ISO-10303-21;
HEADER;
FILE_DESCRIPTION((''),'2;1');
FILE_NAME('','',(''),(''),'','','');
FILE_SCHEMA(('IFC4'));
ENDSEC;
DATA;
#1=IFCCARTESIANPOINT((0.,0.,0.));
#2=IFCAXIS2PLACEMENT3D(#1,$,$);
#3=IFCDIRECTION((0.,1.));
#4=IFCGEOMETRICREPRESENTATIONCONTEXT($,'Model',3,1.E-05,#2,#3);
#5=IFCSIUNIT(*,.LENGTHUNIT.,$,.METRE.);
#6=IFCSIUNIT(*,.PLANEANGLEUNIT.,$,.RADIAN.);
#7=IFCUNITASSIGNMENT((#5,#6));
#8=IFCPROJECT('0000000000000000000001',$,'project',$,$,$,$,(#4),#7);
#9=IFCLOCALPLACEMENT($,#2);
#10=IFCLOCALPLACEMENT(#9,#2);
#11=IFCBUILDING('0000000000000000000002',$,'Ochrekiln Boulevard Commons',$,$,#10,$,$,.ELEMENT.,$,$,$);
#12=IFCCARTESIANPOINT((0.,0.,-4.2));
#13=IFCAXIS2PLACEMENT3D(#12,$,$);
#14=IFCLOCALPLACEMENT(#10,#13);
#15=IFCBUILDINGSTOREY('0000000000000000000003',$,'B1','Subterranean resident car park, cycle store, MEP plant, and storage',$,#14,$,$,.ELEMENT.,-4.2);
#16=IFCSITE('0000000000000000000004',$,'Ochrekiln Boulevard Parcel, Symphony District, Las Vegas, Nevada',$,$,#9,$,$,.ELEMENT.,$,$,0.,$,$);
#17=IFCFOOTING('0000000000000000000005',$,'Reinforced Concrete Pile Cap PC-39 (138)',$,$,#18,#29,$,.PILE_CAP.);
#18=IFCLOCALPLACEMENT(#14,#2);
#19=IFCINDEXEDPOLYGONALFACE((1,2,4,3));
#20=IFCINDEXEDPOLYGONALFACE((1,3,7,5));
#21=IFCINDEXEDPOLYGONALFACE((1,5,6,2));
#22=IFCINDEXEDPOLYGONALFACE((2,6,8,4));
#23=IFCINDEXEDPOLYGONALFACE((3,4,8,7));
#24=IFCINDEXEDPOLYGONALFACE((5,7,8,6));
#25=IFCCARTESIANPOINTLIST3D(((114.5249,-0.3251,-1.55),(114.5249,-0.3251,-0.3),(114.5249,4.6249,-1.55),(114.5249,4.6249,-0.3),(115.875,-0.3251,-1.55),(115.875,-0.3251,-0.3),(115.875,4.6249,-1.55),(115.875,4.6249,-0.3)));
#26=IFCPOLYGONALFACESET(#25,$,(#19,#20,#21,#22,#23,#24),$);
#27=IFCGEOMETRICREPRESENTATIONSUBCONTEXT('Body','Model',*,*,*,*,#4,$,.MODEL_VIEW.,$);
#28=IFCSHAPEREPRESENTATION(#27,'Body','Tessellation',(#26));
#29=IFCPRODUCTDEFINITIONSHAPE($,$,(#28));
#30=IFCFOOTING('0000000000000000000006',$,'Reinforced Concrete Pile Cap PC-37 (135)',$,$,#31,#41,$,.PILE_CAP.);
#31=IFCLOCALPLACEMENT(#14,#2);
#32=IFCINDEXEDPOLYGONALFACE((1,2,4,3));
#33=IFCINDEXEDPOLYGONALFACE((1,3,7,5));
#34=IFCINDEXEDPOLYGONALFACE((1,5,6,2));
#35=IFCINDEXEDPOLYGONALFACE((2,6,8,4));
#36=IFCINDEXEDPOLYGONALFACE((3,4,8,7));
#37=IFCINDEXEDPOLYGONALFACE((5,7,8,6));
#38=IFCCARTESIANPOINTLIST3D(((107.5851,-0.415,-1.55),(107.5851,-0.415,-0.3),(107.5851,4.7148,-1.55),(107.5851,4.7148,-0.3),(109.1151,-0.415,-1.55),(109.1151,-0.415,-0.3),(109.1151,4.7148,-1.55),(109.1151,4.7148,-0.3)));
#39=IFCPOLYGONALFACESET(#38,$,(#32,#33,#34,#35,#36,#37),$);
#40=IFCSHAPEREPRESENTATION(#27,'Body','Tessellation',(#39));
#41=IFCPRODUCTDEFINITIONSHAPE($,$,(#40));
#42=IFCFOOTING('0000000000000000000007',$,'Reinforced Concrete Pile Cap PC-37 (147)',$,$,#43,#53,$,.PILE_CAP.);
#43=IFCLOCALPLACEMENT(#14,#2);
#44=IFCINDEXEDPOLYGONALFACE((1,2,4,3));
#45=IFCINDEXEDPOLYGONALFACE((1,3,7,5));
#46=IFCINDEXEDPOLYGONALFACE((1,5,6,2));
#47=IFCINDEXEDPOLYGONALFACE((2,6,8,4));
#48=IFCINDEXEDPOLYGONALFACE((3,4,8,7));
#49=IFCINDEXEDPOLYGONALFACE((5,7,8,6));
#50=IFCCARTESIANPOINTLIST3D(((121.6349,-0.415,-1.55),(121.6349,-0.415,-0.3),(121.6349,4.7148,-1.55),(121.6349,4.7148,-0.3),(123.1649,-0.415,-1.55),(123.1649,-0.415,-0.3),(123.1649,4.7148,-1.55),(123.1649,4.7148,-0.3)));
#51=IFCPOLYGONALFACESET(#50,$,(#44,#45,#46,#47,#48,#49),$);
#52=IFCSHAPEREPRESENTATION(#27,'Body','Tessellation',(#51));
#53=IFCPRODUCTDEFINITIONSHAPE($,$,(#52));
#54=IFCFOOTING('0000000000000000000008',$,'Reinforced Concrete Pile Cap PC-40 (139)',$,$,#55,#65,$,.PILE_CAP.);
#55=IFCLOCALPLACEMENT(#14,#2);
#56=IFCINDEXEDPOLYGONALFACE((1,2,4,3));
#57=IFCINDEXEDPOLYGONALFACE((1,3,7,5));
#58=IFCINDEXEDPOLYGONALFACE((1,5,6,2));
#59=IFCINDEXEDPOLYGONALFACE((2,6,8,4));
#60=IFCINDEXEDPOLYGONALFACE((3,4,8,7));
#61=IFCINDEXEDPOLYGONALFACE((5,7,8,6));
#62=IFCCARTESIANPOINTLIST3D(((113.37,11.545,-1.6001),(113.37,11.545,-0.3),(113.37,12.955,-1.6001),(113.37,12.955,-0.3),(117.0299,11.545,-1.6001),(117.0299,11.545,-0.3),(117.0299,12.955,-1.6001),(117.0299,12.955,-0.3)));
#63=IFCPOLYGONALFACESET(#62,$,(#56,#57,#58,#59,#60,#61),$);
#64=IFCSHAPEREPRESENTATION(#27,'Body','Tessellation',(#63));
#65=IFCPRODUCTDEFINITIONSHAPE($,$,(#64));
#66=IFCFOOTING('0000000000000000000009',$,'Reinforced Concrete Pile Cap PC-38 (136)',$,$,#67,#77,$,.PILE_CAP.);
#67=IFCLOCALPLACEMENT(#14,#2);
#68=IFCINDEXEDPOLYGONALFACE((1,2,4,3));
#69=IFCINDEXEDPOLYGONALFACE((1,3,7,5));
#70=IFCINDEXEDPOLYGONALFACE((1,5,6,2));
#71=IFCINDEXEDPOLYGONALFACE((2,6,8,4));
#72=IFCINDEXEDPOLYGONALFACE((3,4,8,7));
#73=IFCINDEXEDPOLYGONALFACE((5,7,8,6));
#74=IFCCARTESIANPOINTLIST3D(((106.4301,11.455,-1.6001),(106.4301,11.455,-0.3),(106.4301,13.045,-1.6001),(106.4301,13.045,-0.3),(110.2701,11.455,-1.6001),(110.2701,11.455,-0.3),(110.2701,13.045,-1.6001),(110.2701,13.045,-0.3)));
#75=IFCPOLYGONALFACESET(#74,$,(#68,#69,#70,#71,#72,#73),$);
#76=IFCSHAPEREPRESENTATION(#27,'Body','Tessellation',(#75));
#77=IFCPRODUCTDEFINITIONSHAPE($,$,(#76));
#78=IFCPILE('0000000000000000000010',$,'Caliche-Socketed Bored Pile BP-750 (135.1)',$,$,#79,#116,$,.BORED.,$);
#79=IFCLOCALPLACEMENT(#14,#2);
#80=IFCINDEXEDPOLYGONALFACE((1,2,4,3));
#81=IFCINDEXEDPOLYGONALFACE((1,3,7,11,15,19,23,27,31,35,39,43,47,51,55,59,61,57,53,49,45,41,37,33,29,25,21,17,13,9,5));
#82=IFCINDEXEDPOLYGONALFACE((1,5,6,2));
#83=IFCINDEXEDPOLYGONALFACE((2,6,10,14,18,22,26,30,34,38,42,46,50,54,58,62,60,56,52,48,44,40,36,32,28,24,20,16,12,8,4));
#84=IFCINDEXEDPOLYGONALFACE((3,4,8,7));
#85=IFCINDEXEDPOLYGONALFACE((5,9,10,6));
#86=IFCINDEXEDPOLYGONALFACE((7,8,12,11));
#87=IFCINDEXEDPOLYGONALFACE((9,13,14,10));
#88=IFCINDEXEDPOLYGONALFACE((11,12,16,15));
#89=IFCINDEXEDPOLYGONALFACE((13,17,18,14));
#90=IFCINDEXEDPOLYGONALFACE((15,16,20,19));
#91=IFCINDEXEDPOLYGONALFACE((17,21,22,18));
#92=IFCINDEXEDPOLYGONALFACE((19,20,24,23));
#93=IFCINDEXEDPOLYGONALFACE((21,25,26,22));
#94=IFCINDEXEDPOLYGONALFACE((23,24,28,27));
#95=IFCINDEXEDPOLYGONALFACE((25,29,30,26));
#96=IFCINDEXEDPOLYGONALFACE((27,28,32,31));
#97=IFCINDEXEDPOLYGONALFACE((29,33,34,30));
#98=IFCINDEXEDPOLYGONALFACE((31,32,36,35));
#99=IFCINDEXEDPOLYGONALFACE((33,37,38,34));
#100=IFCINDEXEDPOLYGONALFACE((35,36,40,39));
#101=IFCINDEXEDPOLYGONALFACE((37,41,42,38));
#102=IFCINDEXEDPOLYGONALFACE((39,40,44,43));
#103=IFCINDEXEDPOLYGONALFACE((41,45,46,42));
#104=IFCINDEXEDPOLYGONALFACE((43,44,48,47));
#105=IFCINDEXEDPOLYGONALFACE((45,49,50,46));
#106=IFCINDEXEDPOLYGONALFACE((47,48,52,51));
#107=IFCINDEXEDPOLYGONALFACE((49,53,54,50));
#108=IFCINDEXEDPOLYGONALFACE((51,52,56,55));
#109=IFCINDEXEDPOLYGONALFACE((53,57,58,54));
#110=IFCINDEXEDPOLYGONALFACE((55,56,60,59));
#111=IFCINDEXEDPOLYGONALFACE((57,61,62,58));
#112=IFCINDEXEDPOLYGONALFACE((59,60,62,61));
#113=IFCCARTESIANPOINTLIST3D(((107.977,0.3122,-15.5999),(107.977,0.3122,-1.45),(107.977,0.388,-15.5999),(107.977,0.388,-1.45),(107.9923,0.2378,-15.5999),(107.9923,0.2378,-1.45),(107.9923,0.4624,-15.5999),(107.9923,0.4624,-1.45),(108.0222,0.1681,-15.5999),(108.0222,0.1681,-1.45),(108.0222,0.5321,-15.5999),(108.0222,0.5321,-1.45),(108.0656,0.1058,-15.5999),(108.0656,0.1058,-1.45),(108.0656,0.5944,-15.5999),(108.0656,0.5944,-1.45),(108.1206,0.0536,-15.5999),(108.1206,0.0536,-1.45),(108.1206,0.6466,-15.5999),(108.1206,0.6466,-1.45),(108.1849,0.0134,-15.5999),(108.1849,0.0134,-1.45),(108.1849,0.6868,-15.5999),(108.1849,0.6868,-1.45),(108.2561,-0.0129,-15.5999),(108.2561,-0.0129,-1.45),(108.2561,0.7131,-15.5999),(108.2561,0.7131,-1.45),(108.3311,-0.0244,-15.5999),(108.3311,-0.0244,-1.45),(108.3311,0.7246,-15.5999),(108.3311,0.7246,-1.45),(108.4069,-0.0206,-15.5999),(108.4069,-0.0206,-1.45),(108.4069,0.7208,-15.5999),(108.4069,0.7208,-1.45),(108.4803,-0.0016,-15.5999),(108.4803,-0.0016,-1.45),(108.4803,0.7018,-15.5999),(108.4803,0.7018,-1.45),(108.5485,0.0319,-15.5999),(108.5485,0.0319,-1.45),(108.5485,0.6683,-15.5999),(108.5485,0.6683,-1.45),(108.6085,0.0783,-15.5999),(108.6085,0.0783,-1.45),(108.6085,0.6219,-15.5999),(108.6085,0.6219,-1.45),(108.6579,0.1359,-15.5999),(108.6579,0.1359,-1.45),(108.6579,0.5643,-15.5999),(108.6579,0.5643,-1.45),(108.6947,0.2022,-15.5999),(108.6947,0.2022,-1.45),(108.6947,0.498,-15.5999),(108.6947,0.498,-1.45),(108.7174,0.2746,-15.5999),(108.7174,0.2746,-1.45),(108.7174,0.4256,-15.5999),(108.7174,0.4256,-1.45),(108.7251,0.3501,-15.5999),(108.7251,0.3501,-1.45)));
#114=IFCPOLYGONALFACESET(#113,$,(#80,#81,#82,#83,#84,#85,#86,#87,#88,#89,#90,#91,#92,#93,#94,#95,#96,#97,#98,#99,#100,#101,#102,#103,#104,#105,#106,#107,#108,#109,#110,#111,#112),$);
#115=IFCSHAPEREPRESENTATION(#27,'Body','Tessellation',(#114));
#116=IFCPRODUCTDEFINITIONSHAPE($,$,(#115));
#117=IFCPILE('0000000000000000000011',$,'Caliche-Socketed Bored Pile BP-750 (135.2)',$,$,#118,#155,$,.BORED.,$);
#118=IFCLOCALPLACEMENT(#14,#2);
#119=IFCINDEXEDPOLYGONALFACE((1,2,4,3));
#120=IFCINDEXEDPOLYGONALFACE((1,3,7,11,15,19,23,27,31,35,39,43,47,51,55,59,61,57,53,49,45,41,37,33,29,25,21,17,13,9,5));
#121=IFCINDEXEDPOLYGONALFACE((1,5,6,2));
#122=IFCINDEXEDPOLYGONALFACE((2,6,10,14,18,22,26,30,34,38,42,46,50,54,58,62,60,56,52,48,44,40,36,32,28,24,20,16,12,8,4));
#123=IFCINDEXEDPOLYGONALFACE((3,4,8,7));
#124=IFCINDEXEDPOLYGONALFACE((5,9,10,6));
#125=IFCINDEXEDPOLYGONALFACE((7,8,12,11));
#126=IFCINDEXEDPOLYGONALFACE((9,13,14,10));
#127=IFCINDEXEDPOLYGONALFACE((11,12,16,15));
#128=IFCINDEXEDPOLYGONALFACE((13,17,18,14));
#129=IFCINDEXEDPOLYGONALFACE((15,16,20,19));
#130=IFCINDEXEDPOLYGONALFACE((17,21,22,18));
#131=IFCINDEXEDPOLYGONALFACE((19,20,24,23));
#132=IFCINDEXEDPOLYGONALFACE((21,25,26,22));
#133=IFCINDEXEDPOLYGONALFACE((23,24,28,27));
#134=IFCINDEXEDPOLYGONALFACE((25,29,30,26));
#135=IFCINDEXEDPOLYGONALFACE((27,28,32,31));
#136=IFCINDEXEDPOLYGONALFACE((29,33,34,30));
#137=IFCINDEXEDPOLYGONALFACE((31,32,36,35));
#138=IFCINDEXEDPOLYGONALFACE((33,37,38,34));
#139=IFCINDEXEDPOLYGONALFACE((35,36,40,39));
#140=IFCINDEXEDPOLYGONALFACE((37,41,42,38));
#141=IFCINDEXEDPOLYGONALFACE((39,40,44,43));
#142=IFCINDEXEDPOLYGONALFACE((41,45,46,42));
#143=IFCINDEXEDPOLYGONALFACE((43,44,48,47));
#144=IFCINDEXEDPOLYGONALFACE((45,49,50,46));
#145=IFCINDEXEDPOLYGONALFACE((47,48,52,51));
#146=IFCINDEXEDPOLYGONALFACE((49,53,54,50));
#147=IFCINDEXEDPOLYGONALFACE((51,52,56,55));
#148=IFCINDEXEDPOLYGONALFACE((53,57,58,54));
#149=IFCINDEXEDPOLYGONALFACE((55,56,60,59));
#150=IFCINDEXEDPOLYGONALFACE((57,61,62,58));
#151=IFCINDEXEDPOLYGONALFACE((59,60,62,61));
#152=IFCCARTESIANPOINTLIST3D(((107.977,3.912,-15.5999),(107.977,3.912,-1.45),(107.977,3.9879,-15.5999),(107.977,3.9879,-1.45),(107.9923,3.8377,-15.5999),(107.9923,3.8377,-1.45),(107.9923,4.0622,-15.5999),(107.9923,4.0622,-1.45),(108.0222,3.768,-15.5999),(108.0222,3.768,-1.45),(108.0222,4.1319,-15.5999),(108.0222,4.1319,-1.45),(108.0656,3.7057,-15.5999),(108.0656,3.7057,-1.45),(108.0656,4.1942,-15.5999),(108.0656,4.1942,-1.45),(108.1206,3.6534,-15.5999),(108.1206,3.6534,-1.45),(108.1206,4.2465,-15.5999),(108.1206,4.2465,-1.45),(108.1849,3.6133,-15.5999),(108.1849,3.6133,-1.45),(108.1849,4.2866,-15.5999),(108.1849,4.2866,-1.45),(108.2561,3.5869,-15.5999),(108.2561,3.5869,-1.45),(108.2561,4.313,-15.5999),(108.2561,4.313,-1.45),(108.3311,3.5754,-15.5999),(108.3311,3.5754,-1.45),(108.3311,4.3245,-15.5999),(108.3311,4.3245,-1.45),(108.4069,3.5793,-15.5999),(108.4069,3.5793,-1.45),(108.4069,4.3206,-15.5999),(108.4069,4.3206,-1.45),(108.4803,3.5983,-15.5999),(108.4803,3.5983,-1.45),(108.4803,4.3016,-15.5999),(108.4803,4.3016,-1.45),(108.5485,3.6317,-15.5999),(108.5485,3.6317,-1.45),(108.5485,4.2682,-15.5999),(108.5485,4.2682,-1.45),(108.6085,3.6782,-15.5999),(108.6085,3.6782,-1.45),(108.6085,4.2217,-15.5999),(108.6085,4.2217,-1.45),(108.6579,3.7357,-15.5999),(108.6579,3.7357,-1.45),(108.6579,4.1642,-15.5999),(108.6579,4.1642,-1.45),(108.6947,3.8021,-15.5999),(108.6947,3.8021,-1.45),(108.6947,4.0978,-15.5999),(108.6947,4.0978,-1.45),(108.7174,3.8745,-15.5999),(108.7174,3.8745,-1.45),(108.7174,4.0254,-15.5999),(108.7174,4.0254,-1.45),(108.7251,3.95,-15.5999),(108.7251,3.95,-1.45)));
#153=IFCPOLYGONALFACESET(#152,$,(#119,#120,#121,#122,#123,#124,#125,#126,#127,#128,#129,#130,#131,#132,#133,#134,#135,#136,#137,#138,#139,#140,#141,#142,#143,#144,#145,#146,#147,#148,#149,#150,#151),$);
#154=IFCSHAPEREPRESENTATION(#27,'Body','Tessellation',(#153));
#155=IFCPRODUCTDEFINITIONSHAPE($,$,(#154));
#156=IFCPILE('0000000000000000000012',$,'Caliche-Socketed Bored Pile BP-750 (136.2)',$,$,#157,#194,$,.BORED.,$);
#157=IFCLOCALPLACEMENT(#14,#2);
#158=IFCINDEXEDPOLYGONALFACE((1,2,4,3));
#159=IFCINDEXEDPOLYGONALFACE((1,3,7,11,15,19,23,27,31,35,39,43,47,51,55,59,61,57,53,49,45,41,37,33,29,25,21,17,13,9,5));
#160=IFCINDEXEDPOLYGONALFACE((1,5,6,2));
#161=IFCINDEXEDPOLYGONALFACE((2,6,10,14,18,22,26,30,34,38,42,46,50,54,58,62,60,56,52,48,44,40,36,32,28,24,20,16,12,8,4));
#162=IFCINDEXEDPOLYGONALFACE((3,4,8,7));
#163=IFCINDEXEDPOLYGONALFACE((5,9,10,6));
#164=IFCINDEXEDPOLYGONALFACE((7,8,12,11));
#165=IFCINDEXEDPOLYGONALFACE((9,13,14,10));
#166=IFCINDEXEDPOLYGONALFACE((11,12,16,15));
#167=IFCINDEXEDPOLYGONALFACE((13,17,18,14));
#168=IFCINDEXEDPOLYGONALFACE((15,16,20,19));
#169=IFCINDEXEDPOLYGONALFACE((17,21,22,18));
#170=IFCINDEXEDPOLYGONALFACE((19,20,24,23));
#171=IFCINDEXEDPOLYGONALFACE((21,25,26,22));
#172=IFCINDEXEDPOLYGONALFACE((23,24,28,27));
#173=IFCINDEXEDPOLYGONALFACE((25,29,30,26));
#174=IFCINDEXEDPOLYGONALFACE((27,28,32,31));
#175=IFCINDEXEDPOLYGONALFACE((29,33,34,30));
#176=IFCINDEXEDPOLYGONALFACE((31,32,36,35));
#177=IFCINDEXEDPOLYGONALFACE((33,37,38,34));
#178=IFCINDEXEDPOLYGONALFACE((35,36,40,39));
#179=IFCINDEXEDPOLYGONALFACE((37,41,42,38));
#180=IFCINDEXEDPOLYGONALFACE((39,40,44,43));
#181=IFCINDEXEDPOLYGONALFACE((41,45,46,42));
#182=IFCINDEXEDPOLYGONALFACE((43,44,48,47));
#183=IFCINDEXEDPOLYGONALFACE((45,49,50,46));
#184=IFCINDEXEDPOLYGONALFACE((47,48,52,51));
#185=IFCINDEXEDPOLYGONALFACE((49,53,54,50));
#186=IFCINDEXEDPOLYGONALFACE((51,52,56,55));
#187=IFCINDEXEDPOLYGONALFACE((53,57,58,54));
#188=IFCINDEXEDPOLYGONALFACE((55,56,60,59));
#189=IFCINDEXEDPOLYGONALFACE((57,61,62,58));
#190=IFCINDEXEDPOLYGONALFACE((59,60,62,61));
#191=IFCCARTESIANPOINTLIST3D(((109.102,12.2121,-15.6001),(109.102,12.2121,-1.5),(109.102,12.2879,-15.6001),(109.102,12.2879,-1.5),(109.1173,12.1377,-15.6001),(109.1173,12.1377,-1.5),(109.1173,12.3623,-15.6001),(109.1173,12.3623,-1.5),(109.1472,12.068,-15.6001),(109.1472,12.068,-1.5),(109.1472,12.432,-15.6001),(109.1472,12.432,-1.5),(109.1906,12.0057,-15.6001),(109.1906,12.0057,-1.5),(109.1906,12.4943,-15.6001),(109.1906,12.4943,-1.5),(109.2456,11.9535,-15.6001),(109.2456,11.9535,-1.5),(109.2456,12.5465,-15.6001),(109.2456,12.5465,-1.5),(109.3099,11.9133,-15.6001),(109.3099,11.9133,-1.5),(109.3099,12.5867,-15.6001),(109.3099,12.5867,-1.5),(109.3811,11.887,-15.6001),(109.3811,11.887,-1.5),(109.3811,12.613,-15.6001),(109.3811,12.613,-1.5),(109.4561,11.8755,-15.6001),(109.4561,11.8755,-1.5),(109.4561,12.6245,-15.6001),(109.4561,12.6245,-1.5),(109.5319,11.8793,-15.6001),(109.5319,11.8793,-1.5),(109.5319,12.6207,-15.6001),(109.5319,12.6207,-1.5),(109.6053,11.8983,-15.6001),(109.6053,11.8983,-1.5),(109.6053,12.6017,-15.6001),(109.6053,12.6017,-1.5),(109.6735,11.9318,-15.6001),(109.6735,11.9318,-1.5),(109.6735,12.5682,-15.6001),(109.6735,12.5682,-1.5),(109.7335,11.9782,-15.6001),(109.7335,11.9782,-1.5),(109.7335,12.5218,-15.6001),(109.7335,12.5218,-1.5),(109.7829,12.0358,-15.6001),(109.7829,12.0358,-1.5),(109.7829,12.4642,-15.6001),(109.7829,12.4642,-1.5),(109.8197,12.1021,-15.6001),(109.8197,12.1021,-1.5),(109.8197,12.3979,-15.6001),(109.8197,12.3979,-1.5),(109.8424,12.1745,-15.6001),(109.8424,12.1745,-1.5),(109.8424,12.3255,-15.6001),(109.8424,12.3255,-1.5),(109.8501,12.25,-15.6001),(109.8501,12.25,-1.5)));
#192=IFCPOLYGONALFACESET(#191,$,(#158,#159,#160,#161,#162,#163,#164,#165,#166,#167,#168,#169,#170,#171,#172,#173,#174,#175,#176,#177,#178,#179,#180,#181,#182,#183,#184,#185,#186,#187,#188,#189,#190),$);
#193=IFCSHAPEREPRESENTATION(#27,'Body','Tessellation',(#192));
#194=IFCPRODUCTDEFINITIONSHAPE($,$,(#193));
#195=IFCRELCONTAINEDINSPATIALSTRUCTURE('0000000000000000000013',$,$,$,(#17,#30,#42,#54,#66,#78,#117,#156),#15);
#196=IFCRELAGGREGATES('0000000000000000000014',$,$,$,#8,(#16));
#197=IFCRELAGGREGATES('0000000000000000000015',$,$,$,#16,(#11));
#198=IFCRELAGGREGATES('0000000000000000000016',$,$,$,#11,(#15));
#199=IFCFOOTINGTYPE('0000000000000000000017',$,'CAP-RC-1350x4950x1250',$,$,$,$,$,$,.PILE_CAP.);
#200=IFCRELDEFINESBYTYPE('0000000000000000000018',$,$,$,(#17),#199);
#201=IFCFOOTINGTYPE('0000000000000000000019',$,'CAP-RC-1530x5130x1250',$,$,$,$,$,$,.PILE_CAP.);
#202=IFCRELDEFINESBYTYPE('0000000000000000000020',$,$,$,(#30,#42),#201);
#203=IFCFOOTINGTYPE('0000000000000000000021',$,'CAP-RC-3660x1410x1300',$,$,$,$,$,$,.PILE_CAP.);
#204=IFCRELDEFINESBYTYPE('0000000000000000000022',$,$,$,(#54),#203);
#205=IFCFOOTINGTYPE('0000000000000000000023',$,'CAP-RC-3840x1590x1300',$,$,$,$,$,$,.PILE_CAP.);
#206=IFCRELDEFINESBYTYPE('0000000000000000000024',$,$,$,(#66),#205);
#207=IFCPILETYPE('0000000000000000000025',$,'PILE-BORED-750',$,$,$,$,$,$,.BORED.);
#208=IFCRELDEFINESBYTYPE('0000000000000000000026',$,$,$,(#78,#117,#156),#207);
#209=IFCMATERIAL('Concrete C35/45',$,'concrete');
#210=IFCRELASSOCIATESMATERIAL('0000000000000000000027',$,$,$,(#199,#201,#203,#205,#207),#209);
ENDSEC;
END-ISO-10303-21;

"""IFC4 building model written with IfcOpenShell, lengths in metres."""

from ifc_helpers import new_model, si_unit, direction, frame, origin, origin_2d, place, context, subcontext, project, spatial, rectangle, circle, extrude, material, material_profile, profile_set, type_object, element, save


model = new_model("IFC4")

# Units and contexts
model_context = context("Model", 3, precision=1e-05, world=origin(), true_north=direction((0.0, 1.0)))
body_context = subcontext(model_context, "Body", "Model", "MODEL_VIEW")
ifc_project = project(units=[si_unit("LENGTHUNIT", "METRE"), si_unit("PLANEANGLEUNIT", "RADIAN")], contexts=[model_context])

# Site, building, storey
site_placement = place(None, origin())
site = spatial("IfcSite", under=ifc_project, at=site_placement, Name="Ochrekiln Boulevard Parcel, Symphony District, Las Vegas, Nevada", CompositionType="ELEMENT", RefElevation=0.0)
building_placement = place(site_placement, origin())
building = spatial("IfcBuilding", under=site, at=building_placement, Name="Ochrekiln Boulevard Commons", CompositionType="ELEMENT")
storey_placement = place(building_placement, frame((0.0, 0.0, -4.2)))
storey = spatial("IfcBuildingStorey", under=building, at=storey_placement, Name="B1", Description="Subterranean resident car park, cycle store, MEP plant, and storage", CompositionType="ELEMENT", Elevation=-4.2)

# Footings
ifc_material_1 = material(Name="Concrete C35/45", Category="concrete")
footing_type_1 = type_object("IfcFootingType", Name="CAP-RC-1350x4950x1250", PredefinedType="PILE_CAP", material=ifc_material_1)
footing_1_placement = place(storey_placement, frame((115.2, 2.1499, -1.55), z_axis=(0.0, 0.0, 1.0), x_axis=(1.0, 0.0, 0.0)))
element("IfcFooting", 1, at=footing_1_placement, inside=storey, type_object=footing_type_1, Name="Reinforced Concrete Pile Cap PC-39 (138)", PredefinedType="PILE_CAP", context=body_context, shape_type="SweptSolid", body=[
    extrude(rectangle(XDim=1.3501, YDim=4.95, at=origin_2d()), origin(), (0.0, 0.0, 1.0), 1.25),
])
footing_type_2 = type_object("IfcFootingType", Name="CAP-RC-1530x5130x1250", PredefinedType="PILE_CAP", material=ifc_material_1)
for number, where, z_axis, x_axis, name in (
    (2, (108.3501, 2.1499, -1.55), (0.0, 0.0, 1.0), (1.0, 0.0, 0.0), "Reinforced Concrete Pile Cap PC-37 (135)"),
    (3, (122.3999, 2.1499, -1.55), (0.0, 0.0, 1.0), (1.0, 0.0, 0.0), "Reinforced Concrete Pile Cap PC-37 (147)"),
):
    element("IfcFooting", number, at=place(storey_placement, frame(where, z_axis=z_axis, x_axis=x_axis)), inside=storey, type_object=footing_type_2, Name=name, PredefinedType="PILE_CAP", context=body_context, shape_type="SweptSolid", body=[
        extrude(rectangle(XDim=1.53, YDim=5.1299, at=origin_2d()), origin(), (0.0, 0.0, 1.0), 1.25),
    ])
footing_type_3 = type_object("IfcFootingType", Name="CAP-RC-3660x1410x1300", PredefinedType="PILE_CAP", material=ifc_material_1)
footing_2_placement = place(storey_placement, frame((115.2, 12.25, -1.6001), z_axis=(0.0, 0.0, 1.0), x_axis=(1.0, 0.0, 0.0)))
element("IfcFooting", 4, at=footing_2_placement, inside=storey, type_object=footing_type_3, Name="Reinforced Concrete Pile Cap PC-40 (139)", PredefinedType="PILE_CAP", context=body_context, shape_type="SweptSolid", body=[
    extrude(rectangle(XDim=3.6599, YDim=1.4099, at=origin_2d()), origin(), (0.0, 0.0, 1.0), 1.3),
])
footing_type_4 = type_object("IfcFootingType", Name="CAP-RC-3840x1590x1300", PredefinedType="PILE_CAP", material=ifc_material_1)
footing_3_placement = place(storey_placement, frame((108.3501, 12.25, -1.6001), z_axis=(0.0, 0.0, 1.0), x_axis=(1.0, 0.0, 0.0)))
element("IfcFooting", 5, at=footing_3_placement, inside=storey, type_object=footing_type_4, Name="Reinforced Concrete Pile Cap PC-38 (136)", PredefinedType="PILE_CAP", context=body_context, shape_type="SweptSolid", body=[
    extrude(rectangle(XDim=3.8401, YDim=1.5901, at=origin_2d()), origin(), (0.0, 0.0, 1.0), 1.3),
])

# Piles
ifc_material_profile_1 = material_profile(ifc_material_1, circle(Radius=0.375, at=origin_2d()), Name="PILE-D750")
ifc_profile_set_1 = profile_set([ifc_material_profile_1], Name="Concrete C35/45")
pile_type = type_object("IfcPileType", Name="PILE-BORED-750", PredefinedType="BORED", material=ifc_profile_set_1)
for number, where, z_axis, x_axis, name in (
    (6, (108.3501, 0.3501, -1.45), (0.0, 0.0, -1.0), (1.0, 0.0, 0.0), "Caliche-Socketed Bored Pile BP-750 (135.1)"),
    (7, (108.3501, 3.95, -1.45), (0.0, 0.0, -1.0), (1.0, 0.0, 0.0), "Caliche-Socketed Bored Pile BP-750 (135.2)"),
):
    element("IfcPile", number, at=place(storey_placement, frame(where, z_axis=z_axis, x_axis=x_axis)), inside=storey, type_object=pile_type, Name=name, PredefinedType="BORED", context=body_context, shape_type="SweptSolid", body=[
        extrude(circle(Radius=0.375, at=origin_2d()), origin(), (0.0, 0.0, 1.0), 14.1499),
    ])
pile_1_placement = place(storey_placement, frame((109.4751, 12.25, -1.5), z_axis=(0.0, 0.0, -1.0), x_axis=(1.0, 0.0, 0.0)))
element("IfcPile", 8, at=pile_1_placement, inside=storey, type_object=pile_type, Name="Caliche-Socketed Bored Pile BP-750 (136.2)", PredefinedType="BORED", context=body_context, shape_type="SweptSolid", body=[
    extrude(circle(Radius=0.375, at=origin_2d()), origin(), (0.0, 0.0, 1.0), 14.1001),
])

save(model, "model.ifc")
